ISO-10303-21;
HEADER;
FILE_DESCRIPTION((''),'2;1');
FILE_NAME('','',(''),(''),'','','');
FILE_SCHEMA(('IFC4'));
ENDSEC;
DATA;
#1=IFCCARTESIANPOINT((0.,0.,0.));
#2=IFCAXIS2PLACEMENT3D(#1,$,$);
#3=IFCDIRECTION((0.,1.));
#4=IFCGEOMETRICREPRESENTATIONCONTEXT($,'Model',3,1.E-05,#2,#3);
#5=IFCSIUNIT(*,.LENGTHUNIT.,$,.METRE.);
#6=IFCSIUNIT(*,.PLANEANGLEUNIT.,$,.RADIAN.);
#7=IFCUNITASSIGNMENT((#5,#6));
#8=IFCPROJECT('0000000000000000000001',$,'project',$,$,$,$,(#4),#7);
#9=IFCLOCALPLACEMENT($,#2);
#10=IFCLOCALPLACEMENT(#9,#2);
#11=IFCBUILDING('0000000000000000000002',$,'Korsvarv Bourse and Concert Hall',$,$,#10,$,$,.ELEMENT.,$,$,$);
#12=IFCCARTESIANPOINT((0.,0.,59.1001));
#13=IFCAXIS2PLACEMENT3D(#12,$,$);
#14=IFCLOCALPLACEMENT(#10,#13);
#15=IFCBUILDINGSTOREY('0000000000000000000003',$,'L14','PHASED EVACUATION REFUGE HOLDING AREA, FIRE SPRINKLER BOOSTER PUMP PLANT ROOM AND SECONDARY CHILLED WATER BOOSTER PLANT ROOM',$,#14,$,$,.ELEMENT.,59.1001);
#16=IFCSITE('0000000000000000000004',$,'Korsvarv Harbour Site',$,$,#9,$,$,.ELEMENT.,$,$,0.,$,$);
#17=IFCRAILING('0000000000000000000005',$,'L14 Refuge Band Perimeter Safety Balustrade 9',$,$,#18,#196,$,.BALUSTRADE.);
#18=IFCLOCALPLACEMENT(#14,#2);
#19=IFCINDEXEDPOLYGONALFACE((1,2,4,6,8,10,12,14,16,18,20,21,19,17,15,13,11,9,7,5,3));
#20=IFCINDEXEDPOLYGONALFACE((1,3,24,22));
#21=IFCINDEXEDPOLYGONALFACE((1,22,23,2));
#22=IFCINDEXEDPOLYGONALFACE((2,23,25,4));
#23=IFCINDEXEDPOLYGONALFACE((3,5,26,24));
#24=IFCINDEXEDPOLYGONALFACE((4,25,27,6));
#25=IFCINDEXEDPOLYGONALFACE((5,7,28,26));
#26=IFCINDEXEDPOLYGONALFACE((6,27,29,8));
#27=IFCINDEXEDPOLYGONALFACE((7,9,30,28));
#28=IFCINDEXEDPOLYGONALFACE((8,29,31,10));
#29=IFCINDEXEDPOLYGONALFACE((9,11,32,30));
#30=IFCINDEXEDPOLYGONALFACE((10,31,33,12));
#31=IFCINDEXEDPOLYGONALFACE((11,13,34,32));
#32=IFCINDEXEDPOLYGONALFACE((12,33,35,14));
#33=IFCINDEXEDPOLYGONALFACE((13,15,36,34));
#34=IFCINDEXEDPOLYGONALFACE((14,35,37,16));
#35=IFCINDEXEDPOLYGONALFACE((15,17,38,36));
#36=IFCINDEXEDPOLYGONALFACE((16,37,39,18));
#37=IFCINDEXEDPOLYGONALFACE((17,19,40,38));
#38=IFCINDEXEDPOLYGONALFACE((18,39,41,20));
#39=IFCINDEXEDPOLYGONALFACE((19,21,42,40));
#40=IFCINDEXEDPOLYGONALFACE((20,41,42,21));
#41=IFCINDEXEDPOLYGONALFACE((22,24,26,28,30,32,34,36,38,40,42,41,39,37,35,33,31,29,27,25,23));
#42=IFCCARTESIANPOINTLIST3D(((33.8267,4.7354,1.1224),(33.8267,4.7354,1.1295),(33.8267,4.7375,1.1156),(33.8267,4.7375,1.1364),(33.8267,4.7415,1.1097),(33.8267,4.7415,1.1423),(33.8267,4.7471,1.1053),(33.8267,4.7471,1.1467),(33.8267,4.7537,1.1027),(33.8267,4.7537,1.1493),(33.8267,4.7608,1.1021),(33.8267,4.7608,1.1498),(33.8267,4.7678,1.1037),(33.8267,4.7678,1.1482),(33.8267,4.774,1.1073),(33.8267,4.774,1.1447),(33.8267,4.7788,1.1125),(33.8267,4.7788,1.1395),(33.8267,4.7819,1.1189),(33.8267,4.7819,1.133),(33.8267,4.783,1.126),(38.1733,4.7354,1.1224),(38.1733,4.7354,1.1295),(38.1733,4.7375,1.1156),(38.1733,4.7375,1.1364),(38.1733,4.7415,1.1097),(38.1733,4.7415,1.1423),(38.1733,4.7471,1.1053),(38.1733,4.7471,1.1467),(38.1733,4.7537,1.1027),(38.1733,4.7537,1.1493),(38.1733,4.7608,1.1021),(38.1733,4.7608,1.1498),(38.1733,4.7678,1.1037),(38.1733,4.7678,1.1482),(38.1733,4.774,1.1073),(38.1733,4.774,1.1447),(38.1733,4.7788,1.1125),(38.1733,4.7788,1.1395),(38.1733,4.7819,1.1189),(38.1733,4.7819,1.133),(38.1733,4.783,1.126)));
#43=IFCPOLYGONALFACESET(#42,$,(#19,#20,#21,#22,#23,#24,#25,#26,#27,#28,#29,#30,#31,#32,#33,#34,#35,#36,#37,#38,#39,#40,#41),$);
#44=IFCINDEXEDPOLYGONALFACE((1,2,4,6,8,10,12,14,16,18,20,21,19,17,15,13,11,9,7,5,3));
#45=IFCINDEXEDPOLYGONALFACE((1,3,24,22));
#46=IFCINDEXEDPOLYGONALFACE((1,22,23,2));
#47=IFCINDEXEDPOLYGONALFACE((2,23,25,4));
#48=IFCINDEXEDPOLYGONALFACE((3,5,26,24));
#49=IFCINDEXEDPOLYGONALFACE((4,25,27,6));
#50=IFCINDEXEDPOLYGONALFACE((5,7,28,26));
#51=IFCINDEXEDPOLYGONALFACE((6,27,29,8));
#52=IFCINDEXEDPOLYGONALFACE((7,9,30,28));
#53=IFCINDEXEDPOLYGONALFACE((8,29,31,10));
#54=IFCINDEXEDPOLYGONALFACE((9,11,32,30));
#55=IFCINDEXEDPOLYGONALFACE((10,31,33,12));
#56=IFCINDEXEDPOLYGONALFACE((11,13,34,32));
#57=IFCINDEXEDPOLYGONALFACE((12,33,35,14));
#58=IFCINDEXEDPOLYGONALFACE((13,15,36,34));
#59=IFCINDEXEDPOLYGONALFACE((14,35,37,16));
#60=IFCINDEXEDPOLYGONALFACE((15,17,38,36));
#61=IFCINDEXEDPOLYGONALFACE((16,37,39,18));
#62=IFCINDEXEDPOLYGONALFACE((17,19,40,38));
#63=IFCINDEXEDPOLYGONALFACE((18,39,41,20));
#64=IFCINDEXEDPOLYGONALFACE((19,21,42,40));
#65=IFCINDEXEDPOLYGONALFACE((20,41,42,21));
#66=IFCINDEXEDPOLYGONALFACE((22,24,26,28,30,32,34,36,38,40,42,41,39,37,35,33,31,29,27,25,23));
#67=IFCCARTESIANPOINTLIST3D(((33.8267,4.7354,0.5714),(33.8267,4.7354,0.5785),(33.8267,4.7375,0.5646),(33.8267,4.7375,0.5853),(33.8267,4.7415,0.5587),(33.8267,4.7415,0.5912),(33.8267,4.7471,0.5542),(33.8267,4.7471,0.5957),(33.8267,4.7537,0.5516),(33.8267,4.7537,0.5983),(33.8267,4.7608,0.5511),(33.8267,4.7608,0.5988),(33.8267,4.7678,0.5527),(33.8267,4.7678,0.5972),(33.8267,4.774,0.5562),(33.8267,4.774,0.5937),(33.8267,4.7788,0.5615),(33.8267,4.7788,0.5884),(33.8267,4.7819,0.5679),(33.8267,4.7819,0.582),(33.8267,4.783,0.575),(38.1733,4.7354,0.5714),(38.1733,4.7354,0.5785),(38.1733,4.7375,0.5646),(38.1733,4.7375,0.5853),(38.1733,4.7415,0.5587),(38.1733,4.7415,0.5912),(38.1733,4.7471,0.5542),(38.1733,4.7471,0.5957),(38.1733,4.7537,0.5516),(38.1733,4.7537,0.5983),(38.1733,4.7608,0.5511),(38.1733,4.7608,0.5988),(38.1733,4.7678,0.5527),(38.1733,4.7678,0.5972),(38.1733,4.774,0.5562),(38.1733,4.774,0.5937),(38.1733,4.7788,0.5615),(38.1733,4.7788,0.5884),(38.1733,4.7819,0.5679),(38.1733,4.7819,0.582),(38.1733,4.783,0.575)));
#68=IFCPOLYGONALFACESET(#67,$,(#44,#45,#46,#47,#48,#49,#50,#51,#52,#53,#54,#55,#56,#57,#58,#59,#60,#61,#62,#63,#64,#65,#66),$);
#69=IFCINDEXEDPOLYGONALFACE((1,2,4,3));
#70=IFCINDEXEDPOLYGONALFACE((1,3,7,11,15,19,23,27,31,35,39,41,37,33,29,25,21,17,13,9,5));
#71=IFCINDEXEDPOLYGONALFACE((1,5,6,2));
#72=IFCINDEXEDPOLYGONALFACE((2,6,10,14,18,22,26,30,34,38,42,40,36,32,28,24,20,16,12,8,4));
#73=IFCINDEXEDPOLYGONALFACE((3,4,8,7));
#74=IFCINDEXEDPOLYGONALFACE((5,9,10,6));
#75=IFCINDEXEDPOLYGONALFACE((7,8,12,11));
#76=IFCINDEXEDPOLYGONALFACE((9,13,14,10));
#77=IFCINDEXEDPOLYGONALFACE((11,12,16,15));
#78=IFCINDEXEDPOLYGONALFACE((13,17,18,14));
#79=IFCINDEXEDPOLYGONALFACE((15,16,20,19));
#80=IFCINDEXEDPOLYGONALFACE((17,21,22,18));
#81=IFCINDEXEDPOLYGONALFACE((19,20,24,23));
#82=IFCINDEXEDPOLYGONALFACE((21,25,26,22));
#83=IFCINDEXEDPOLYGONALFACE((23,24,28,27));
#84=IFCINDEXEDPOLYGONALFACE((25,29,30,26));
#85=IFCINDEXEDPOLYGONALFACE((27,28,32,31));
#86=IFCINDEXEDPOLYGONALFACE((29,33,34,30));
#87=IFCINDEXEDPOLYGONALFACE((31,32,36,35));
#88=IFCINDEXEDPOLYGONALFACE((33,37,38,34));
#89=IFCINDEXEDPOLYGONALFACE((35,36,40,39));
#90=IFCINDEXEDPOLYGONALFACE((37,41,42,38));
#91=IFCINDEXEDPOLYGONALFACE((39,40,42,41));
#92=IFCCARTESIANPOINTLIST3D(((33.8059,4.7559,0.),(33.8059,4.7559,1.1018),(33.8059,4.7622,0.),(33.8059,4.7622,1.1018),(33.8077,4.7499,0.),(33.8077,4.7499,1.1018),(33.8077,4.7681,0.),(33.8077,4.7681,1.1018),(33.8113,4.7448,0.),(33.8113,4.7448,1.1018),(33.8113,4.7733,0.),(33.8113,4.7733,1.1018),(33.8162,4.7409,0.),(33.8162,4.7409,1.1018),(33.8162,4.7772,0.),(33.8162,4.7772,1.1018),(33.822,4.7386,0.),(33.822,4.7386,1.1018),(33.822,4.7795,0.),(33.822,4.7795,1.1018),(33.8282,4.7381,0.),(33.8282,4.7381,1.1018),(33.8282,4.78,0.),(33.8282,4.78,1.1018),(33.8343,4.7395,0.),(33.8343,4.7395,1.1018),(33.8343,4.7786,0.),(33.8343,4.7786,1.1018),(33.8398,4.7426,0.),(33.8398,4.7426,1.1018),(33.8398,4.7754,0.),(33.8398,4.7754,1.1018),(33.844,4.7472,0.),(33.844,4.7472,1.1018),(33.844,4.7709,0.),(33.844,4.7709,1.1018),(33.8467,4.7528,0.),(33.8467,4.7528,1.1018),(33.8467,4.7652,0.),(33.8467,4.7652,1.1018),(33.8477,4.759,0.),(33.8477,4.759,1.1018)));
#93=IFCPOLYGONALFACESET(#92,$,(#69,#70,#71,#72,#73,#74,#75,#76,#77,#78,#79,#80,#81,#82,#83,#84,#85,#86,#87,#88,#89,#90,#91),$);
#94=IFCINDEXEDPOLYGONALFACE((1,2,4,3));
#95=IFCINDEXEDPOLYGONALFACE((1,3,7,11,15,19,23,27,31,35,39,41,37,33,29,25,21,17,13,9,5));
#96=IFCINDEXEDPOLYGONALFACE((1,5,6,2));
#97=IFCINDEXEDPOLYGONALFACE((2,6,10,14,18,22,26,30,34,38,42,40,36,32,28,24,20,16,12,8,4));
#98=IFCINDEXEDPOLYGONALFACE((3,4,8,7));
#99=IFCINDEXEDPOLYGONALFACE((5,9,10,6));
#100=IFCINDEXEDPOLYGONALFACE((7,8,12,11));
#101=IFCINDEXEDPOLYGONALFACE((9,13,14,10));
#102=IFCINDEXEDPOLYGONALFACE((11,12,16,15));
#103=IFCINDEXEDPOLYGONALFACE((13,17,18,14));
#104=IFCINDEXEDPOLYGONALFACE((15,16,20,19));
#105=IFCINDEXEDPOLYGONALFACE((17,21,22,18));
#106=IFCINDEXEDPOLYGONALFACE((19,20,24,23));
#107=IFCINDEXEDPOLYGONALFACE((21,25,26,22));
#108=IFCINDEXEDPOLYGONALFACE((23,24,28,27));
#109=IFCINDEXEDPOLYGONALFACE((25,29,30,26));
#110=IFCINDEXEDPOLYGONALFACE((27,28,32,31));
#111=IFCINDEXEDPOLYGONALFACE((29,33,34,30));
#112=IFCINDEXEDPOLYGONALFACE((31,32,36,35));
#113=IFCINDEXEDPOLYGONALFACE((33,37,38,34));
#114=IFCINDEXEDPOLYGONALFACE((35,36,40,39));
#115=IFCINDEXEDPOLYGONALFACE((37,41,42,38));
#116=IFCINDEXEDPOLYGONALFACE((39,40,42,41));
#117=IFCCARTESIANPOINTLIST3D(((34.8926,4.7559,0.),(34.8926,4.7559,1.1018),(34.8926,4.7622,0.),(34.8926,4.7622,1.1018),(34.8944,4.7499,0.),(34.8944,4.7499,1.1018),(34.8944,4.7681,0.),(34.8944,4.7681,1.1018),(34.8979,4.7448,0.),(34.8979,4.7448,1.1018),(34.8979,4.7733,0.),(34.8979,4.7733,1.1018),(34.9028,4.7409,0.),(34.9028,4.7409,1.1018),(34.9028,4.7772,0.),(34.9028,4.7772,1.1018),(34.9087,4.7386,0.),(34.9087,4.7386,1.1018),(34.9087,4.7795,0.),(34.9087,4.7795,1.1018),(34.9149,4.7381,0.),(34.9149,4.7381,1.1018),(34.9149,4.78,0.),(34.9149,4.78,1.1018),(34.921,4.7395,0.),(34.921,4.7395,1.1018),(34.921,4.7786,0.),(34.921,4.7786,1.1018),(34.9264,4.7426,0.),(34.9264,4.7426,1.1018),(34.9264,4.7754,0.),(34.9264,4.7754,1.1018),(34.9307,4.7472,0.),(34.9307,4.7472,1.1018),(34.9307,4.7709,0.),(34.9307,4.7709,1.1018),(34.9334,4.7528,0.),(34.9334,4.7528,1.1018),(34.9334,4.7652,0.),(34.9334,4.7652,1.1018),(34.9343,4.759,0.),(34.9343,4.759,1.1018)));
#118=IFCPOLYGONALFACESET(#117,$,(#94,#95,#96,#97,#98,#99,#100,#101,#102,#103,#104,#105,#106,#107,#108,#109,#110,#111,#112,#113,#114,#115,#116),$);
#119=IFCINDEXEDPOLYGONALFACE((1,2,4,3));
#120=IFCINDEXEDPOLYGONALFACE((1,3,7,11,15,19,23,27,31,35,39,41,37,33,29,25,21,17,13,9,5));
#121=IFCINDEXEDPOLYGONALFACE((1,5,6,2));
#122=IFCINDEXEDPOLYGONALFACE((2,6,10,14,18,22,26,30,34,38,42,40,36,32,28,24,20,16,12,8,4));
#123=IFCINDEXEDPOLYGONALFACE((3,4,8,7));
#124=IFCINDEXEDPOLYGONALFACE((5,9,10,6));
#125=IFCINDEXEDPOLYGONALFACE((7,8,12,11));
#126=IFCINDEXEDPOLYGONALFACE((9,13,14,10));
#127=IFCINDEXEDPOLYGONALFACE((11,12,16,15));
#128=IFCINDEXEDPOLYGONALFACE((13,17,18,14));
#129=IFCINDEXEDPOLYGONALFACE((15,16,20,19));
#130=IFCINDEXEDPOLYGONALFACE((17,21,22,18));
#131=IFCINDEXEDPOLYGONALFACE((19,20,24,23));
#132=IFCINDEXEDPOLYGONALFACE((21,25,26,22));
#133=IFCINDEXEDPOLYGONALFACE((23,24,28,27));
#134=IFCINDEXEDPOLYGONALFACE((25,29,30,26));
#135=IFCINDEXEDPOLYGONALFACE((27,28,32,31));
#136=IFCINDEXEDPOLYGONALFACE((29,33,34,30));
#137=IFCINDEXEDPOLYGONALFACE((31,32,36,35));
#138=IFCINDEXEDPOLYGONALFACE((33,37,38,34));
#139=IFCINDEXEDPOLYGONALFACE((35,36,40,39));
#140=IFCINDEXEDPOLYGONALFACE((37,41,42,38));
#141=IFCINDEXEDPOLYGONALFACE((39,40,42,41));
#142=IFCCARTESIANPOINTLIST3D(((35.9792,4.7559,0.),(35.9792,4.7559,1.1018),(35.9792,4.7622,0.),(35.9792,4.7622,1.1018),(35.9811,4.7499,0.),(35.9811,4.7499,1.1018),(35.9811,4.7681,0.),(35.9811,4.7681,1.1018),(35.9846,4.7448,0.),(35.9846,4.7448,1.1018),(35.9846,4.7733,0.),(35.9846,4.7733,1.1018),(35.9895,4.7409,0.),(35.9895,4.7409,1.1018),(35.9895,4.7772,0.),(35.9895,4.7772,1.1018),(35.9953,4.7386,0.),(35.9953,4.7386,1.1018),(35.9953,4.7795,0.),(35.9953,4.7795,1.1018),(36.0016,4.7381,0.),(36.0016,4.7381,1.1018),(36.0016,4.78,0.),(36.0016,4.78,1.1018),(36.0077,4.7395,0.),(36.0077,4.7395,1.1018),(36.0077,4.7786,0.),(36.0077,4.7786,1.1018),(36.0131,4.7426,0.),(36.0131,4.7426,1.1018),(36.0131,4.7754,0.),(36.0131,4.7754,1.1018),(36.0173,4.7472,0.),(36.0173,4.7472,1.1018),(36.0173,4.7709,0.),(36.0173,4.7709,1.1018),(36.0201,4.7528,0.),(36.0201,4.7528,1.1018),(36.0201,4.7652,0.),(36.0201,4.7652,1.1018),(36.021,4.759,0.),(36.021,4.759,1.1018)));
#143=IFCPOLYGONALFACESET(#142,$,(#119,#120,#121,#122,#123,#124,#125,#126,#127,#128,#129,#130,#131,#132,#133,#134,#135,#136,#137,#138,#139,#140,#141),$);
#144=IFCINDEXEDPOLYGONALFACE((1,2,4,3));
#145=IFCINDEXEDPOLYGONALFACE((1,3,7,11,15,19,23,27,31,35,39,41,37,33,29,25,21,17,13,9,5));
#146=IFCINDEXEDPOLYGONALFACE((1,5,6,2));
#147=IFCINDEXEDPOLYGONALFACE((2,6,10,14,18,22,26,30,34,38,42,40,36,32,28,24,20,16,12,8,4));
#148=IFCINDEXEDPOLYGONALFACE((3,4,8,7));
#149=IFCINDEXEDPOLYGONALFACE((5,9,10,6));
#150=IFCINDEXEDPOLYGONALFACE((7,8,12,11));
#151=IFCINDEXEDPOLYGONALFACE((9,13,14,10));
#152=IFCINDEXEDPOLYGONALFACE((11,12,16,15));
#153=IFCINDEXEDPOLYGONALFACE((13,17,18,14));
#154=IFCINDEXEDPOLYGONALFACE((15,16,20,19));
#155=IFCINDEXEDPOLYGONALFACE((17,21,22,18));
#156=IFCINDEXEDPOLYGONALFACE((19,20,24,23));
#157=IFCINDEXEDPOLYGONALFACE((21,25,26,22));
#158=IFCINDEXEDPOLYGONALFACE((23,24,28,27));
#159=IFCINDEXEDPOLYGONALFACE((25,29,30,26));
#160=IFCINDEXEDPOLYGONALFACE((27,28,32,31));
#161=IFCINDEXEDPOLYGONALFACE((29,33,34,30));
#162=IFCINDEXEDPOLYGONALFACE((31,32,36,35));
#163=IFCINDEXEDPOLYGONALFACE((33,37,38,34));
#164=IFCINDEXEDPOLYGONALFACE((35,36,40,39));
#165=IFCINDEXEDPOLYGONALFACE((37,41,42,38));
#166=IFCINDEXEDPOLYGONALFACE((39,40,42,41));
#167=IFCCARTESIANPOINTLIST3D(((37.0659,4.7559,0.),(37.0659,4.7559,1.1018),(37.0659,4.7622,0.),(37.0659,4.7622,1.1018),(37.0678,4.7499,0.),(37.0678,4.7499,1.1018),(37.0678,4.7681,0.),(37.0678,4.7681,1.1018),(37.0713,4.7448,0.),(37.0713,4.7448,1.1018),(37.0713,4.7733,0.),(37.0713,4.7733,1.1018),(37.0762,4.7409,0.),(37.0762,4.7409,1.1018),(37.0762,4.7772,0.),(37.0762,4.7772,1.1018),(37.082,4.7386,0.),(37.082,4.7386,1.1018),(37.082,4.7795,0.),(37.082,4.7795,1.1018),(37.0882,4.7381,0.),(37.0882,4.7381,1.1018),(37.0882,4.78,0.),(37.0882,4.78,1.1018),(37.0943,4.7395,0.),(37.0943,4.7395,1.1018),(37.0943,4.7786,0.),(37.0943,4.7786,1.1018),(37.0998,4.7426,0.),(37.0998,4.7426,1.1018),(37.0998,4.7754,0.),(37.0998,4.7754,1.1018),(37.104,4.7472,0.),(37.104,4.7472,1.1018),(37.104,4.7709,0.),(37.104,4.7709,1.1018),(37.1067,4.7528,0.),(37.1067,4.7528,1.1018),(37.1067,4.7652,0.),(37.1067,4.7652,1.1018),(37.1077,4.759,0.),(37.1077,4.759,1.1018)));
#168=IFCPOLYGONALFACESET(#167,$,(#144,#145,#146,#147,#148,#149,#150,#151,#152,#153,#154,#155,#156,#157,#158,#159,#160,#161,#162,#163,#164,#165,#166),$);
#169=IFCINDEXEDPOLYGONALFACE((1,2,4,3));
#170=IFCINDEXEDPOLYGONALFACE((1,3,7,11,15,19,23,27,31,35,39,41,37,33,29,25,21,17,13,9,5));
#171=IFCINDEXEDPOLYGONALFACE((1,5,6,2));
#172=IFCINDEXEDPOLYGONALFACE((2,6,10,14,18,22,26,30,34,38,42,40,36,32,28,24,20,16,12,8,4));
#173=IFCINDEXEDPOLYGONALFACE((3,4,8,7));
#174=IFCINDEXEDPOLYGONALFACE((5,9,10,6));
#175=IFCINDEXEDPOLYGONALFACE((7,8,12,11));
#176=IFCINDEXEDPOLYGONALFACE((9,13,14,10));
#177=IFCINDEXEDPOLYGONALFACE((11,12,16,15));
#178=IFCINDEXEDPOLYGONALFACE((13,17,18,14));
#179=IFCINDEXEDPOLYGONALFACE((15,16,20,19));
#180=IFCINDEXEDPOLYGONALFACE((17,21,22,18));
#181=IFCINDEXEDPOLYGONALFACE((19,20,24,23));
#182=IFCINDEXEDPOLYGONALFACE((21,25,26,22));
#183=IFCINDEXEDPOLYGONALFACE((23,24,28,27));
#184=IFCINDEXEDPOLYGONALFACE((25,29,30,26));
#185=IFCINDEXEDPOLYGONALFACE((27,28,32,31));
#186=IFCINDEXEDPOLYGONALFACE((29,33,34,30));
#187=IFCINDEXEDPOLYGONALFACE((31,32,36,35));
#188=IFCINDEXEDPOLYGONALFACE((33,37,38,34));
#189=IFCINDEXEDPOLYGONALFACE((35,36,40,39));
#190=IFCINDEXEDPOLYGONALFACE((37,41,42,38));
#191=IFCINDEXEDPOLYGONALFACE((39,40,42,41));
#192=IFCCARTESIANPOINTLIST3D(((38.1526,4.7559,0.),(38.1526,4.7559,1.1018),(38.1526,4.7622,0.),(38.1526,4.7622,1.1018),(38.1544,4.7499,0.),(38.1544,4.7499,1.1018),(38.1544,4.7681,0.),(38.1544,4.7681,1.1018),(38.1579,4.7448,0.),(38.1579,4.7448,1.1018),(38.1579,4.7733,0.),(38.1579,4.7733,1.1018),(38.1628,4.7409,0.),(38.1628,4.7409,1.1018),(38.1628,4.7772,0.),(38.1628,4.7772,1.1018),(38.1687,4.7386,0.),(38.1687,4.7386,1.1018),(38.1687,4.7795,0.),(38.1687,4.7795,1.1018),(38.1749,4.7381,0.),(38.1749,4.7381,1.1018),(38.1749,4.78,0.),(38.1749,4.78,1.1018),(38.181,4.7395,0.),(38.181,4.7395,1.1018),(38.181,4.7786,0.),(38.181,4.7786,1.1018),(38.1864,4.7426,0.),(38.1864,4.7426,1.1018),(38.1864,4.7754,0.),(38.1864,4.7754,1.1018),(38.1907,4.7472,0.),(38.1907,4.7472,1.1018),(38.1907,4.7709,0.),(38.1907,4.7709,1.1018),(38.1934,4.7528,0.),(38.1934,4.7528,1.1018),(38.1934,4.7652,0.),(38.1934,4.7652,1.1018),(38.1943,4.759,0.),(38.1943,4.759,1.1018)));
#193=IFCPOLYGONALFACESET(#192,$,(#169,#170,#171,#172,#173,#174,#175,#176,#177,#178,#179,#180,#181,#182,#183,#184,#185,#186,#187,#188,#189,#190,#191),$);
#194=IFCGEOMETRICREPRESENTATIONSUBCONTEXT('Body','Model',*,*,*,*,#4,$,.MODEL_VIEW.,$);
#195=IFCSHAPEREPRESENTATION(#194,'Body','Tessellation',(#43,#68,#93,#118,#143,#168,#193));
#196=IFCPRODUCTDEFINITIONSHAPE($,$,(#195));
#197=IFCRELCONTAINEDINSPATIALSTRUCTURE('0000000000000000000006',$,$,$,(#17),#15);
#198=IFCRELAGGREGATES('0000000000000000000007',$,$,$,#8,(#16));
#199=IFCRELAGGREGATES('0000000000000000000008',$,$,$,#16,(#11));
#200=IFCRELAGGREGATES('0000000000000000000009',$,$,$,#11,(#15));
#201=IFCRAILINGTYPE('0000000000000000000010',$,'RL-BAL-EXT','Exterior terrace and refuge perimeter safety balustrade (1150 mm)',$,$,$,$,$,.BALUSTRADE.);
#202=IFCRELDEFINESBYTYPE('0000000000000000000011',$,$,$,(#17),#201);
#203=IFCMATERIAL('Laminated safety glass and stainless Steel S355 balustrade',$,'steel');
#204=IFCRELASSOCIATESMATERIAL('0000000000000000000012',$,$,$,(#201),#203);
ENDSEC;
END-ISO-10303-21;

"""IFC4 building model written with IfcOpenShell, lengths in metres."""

from ifc_helpers import new_model, si_unit, direction, frame, origin, origin_2d, place, context, subcontext, project, spatial, circle, extrude, material, type_object, element, save


model = new_model("IFC4")

# Units and contexts
model_context = context("Model", 3, precision=1e-05, world=origin(), true_north=direction((0.0, 1.0)))
body_context = subcontext(model_context, "Body", "Model", "MODEL_VIEW")
ifc_project = project(units=[si_unit("LENGTHUNIT", "METRE"), si_unit("PLANEANGLEUNIT", "RADIAN")], contexts=[model_context])

# Site, building, storey
site_placement = place(None, origin())
site = spatial("IfcSite", under=ifc_project, at=site_placement, Name="Korsvarv Harbour Site", CompositionType="ELEMENT", RefElevation=0.0)
building_placement = place(site_placement, origin())
building = spatial("IfcBuilding", under=site, at=building_placement, Name="Korsvarv Bourse and Concert Hall", CompositionType="ELEMENT")
storey_placement = place(building_placement, frame((0.0, 0.0, 59.1001)))
storey = spatial("IfcBuildingStorey", under=building, at=storey_placement, Name="L14", Description="PHASED EVACUATION REFUGE HOLDING AREA, FIRE SPRINKLER BOOSTER PUMP PLANT ROOM AND SECONDARY CHILLED WATER BOOSTER PLANT ROOM", CompositionType="ELEMENT", Elevation=59.1001)

# Railing
ifc_material_1 = material(Name="Laminated safety glass and stainless Steel S355 balustrade", Category="steel")
railing_type = type_object("IfcRailingType", Name="RL-BAL-EXT", Description="Exterior terrace and refuge perimeter safety balustrade (1150 mm)", PredefinedType="BALUSTRADE", material=ifc_material_1)
railing_1_placement = place(storey_placement, frame((33.8267, 4.759, 0.0)))
element("IfcRailing", 1, at=railing_1_placement, inside=storey, type_object=railing_type, Name="L14 Refuge Band Perimeter Safety Balustrade 9", PredefinedType="BALUSTRADE", context=body_context, shape_type="SweptSolid", body=[
    extrude(circle(Radius=0.0239, at=origin_2d()), frame((0.0, 0.0, 1.126), z_axis=(1.0, 0.0, 0.0), x_axis=(0.0, 1.0, 0.0)), (0.0, 0.0, 1.0), 4.3467),
    extrude(circle(Radius=0.0239, at=origin_2d()), frame((0.0, 0.0, 0.575), z_axis=(1.0, 0.0, 0.0), x_axis=(0.0, 1.0, 0.0)), (0.0, 0.0, 1.0), 4.3467),
    extrude(circle(Radius=0.021, at=origin_2d()), origin(), (0.0, 0.0, 1.0), 1.1018),
    extrude(circle(Radius=0.021, at=origin_2d()), frame((1.0867, 0.0, 0.0)), (0.0, 0.0, 1.0), 1.1018),
    extrude(circle(Radius=0.021, at=origin_2d()), frame((2.1733, 0.0, 0.0)), (0.0, 0.0, 1.0), 1.1018),
    extrude(circle(Radius=0.021, at=origin_2d()), frame((3.26, 0.0, 0.0)), (0.0, 0.0, 1.0), 1.1018),
    extrude(circle(Radius=0.021, at=origin_2d()), frame((4.3467, 0.0, 0.0)), (0.0, 0.0, 1.0), 1.1018),
])

save(model, "model.ifc")
